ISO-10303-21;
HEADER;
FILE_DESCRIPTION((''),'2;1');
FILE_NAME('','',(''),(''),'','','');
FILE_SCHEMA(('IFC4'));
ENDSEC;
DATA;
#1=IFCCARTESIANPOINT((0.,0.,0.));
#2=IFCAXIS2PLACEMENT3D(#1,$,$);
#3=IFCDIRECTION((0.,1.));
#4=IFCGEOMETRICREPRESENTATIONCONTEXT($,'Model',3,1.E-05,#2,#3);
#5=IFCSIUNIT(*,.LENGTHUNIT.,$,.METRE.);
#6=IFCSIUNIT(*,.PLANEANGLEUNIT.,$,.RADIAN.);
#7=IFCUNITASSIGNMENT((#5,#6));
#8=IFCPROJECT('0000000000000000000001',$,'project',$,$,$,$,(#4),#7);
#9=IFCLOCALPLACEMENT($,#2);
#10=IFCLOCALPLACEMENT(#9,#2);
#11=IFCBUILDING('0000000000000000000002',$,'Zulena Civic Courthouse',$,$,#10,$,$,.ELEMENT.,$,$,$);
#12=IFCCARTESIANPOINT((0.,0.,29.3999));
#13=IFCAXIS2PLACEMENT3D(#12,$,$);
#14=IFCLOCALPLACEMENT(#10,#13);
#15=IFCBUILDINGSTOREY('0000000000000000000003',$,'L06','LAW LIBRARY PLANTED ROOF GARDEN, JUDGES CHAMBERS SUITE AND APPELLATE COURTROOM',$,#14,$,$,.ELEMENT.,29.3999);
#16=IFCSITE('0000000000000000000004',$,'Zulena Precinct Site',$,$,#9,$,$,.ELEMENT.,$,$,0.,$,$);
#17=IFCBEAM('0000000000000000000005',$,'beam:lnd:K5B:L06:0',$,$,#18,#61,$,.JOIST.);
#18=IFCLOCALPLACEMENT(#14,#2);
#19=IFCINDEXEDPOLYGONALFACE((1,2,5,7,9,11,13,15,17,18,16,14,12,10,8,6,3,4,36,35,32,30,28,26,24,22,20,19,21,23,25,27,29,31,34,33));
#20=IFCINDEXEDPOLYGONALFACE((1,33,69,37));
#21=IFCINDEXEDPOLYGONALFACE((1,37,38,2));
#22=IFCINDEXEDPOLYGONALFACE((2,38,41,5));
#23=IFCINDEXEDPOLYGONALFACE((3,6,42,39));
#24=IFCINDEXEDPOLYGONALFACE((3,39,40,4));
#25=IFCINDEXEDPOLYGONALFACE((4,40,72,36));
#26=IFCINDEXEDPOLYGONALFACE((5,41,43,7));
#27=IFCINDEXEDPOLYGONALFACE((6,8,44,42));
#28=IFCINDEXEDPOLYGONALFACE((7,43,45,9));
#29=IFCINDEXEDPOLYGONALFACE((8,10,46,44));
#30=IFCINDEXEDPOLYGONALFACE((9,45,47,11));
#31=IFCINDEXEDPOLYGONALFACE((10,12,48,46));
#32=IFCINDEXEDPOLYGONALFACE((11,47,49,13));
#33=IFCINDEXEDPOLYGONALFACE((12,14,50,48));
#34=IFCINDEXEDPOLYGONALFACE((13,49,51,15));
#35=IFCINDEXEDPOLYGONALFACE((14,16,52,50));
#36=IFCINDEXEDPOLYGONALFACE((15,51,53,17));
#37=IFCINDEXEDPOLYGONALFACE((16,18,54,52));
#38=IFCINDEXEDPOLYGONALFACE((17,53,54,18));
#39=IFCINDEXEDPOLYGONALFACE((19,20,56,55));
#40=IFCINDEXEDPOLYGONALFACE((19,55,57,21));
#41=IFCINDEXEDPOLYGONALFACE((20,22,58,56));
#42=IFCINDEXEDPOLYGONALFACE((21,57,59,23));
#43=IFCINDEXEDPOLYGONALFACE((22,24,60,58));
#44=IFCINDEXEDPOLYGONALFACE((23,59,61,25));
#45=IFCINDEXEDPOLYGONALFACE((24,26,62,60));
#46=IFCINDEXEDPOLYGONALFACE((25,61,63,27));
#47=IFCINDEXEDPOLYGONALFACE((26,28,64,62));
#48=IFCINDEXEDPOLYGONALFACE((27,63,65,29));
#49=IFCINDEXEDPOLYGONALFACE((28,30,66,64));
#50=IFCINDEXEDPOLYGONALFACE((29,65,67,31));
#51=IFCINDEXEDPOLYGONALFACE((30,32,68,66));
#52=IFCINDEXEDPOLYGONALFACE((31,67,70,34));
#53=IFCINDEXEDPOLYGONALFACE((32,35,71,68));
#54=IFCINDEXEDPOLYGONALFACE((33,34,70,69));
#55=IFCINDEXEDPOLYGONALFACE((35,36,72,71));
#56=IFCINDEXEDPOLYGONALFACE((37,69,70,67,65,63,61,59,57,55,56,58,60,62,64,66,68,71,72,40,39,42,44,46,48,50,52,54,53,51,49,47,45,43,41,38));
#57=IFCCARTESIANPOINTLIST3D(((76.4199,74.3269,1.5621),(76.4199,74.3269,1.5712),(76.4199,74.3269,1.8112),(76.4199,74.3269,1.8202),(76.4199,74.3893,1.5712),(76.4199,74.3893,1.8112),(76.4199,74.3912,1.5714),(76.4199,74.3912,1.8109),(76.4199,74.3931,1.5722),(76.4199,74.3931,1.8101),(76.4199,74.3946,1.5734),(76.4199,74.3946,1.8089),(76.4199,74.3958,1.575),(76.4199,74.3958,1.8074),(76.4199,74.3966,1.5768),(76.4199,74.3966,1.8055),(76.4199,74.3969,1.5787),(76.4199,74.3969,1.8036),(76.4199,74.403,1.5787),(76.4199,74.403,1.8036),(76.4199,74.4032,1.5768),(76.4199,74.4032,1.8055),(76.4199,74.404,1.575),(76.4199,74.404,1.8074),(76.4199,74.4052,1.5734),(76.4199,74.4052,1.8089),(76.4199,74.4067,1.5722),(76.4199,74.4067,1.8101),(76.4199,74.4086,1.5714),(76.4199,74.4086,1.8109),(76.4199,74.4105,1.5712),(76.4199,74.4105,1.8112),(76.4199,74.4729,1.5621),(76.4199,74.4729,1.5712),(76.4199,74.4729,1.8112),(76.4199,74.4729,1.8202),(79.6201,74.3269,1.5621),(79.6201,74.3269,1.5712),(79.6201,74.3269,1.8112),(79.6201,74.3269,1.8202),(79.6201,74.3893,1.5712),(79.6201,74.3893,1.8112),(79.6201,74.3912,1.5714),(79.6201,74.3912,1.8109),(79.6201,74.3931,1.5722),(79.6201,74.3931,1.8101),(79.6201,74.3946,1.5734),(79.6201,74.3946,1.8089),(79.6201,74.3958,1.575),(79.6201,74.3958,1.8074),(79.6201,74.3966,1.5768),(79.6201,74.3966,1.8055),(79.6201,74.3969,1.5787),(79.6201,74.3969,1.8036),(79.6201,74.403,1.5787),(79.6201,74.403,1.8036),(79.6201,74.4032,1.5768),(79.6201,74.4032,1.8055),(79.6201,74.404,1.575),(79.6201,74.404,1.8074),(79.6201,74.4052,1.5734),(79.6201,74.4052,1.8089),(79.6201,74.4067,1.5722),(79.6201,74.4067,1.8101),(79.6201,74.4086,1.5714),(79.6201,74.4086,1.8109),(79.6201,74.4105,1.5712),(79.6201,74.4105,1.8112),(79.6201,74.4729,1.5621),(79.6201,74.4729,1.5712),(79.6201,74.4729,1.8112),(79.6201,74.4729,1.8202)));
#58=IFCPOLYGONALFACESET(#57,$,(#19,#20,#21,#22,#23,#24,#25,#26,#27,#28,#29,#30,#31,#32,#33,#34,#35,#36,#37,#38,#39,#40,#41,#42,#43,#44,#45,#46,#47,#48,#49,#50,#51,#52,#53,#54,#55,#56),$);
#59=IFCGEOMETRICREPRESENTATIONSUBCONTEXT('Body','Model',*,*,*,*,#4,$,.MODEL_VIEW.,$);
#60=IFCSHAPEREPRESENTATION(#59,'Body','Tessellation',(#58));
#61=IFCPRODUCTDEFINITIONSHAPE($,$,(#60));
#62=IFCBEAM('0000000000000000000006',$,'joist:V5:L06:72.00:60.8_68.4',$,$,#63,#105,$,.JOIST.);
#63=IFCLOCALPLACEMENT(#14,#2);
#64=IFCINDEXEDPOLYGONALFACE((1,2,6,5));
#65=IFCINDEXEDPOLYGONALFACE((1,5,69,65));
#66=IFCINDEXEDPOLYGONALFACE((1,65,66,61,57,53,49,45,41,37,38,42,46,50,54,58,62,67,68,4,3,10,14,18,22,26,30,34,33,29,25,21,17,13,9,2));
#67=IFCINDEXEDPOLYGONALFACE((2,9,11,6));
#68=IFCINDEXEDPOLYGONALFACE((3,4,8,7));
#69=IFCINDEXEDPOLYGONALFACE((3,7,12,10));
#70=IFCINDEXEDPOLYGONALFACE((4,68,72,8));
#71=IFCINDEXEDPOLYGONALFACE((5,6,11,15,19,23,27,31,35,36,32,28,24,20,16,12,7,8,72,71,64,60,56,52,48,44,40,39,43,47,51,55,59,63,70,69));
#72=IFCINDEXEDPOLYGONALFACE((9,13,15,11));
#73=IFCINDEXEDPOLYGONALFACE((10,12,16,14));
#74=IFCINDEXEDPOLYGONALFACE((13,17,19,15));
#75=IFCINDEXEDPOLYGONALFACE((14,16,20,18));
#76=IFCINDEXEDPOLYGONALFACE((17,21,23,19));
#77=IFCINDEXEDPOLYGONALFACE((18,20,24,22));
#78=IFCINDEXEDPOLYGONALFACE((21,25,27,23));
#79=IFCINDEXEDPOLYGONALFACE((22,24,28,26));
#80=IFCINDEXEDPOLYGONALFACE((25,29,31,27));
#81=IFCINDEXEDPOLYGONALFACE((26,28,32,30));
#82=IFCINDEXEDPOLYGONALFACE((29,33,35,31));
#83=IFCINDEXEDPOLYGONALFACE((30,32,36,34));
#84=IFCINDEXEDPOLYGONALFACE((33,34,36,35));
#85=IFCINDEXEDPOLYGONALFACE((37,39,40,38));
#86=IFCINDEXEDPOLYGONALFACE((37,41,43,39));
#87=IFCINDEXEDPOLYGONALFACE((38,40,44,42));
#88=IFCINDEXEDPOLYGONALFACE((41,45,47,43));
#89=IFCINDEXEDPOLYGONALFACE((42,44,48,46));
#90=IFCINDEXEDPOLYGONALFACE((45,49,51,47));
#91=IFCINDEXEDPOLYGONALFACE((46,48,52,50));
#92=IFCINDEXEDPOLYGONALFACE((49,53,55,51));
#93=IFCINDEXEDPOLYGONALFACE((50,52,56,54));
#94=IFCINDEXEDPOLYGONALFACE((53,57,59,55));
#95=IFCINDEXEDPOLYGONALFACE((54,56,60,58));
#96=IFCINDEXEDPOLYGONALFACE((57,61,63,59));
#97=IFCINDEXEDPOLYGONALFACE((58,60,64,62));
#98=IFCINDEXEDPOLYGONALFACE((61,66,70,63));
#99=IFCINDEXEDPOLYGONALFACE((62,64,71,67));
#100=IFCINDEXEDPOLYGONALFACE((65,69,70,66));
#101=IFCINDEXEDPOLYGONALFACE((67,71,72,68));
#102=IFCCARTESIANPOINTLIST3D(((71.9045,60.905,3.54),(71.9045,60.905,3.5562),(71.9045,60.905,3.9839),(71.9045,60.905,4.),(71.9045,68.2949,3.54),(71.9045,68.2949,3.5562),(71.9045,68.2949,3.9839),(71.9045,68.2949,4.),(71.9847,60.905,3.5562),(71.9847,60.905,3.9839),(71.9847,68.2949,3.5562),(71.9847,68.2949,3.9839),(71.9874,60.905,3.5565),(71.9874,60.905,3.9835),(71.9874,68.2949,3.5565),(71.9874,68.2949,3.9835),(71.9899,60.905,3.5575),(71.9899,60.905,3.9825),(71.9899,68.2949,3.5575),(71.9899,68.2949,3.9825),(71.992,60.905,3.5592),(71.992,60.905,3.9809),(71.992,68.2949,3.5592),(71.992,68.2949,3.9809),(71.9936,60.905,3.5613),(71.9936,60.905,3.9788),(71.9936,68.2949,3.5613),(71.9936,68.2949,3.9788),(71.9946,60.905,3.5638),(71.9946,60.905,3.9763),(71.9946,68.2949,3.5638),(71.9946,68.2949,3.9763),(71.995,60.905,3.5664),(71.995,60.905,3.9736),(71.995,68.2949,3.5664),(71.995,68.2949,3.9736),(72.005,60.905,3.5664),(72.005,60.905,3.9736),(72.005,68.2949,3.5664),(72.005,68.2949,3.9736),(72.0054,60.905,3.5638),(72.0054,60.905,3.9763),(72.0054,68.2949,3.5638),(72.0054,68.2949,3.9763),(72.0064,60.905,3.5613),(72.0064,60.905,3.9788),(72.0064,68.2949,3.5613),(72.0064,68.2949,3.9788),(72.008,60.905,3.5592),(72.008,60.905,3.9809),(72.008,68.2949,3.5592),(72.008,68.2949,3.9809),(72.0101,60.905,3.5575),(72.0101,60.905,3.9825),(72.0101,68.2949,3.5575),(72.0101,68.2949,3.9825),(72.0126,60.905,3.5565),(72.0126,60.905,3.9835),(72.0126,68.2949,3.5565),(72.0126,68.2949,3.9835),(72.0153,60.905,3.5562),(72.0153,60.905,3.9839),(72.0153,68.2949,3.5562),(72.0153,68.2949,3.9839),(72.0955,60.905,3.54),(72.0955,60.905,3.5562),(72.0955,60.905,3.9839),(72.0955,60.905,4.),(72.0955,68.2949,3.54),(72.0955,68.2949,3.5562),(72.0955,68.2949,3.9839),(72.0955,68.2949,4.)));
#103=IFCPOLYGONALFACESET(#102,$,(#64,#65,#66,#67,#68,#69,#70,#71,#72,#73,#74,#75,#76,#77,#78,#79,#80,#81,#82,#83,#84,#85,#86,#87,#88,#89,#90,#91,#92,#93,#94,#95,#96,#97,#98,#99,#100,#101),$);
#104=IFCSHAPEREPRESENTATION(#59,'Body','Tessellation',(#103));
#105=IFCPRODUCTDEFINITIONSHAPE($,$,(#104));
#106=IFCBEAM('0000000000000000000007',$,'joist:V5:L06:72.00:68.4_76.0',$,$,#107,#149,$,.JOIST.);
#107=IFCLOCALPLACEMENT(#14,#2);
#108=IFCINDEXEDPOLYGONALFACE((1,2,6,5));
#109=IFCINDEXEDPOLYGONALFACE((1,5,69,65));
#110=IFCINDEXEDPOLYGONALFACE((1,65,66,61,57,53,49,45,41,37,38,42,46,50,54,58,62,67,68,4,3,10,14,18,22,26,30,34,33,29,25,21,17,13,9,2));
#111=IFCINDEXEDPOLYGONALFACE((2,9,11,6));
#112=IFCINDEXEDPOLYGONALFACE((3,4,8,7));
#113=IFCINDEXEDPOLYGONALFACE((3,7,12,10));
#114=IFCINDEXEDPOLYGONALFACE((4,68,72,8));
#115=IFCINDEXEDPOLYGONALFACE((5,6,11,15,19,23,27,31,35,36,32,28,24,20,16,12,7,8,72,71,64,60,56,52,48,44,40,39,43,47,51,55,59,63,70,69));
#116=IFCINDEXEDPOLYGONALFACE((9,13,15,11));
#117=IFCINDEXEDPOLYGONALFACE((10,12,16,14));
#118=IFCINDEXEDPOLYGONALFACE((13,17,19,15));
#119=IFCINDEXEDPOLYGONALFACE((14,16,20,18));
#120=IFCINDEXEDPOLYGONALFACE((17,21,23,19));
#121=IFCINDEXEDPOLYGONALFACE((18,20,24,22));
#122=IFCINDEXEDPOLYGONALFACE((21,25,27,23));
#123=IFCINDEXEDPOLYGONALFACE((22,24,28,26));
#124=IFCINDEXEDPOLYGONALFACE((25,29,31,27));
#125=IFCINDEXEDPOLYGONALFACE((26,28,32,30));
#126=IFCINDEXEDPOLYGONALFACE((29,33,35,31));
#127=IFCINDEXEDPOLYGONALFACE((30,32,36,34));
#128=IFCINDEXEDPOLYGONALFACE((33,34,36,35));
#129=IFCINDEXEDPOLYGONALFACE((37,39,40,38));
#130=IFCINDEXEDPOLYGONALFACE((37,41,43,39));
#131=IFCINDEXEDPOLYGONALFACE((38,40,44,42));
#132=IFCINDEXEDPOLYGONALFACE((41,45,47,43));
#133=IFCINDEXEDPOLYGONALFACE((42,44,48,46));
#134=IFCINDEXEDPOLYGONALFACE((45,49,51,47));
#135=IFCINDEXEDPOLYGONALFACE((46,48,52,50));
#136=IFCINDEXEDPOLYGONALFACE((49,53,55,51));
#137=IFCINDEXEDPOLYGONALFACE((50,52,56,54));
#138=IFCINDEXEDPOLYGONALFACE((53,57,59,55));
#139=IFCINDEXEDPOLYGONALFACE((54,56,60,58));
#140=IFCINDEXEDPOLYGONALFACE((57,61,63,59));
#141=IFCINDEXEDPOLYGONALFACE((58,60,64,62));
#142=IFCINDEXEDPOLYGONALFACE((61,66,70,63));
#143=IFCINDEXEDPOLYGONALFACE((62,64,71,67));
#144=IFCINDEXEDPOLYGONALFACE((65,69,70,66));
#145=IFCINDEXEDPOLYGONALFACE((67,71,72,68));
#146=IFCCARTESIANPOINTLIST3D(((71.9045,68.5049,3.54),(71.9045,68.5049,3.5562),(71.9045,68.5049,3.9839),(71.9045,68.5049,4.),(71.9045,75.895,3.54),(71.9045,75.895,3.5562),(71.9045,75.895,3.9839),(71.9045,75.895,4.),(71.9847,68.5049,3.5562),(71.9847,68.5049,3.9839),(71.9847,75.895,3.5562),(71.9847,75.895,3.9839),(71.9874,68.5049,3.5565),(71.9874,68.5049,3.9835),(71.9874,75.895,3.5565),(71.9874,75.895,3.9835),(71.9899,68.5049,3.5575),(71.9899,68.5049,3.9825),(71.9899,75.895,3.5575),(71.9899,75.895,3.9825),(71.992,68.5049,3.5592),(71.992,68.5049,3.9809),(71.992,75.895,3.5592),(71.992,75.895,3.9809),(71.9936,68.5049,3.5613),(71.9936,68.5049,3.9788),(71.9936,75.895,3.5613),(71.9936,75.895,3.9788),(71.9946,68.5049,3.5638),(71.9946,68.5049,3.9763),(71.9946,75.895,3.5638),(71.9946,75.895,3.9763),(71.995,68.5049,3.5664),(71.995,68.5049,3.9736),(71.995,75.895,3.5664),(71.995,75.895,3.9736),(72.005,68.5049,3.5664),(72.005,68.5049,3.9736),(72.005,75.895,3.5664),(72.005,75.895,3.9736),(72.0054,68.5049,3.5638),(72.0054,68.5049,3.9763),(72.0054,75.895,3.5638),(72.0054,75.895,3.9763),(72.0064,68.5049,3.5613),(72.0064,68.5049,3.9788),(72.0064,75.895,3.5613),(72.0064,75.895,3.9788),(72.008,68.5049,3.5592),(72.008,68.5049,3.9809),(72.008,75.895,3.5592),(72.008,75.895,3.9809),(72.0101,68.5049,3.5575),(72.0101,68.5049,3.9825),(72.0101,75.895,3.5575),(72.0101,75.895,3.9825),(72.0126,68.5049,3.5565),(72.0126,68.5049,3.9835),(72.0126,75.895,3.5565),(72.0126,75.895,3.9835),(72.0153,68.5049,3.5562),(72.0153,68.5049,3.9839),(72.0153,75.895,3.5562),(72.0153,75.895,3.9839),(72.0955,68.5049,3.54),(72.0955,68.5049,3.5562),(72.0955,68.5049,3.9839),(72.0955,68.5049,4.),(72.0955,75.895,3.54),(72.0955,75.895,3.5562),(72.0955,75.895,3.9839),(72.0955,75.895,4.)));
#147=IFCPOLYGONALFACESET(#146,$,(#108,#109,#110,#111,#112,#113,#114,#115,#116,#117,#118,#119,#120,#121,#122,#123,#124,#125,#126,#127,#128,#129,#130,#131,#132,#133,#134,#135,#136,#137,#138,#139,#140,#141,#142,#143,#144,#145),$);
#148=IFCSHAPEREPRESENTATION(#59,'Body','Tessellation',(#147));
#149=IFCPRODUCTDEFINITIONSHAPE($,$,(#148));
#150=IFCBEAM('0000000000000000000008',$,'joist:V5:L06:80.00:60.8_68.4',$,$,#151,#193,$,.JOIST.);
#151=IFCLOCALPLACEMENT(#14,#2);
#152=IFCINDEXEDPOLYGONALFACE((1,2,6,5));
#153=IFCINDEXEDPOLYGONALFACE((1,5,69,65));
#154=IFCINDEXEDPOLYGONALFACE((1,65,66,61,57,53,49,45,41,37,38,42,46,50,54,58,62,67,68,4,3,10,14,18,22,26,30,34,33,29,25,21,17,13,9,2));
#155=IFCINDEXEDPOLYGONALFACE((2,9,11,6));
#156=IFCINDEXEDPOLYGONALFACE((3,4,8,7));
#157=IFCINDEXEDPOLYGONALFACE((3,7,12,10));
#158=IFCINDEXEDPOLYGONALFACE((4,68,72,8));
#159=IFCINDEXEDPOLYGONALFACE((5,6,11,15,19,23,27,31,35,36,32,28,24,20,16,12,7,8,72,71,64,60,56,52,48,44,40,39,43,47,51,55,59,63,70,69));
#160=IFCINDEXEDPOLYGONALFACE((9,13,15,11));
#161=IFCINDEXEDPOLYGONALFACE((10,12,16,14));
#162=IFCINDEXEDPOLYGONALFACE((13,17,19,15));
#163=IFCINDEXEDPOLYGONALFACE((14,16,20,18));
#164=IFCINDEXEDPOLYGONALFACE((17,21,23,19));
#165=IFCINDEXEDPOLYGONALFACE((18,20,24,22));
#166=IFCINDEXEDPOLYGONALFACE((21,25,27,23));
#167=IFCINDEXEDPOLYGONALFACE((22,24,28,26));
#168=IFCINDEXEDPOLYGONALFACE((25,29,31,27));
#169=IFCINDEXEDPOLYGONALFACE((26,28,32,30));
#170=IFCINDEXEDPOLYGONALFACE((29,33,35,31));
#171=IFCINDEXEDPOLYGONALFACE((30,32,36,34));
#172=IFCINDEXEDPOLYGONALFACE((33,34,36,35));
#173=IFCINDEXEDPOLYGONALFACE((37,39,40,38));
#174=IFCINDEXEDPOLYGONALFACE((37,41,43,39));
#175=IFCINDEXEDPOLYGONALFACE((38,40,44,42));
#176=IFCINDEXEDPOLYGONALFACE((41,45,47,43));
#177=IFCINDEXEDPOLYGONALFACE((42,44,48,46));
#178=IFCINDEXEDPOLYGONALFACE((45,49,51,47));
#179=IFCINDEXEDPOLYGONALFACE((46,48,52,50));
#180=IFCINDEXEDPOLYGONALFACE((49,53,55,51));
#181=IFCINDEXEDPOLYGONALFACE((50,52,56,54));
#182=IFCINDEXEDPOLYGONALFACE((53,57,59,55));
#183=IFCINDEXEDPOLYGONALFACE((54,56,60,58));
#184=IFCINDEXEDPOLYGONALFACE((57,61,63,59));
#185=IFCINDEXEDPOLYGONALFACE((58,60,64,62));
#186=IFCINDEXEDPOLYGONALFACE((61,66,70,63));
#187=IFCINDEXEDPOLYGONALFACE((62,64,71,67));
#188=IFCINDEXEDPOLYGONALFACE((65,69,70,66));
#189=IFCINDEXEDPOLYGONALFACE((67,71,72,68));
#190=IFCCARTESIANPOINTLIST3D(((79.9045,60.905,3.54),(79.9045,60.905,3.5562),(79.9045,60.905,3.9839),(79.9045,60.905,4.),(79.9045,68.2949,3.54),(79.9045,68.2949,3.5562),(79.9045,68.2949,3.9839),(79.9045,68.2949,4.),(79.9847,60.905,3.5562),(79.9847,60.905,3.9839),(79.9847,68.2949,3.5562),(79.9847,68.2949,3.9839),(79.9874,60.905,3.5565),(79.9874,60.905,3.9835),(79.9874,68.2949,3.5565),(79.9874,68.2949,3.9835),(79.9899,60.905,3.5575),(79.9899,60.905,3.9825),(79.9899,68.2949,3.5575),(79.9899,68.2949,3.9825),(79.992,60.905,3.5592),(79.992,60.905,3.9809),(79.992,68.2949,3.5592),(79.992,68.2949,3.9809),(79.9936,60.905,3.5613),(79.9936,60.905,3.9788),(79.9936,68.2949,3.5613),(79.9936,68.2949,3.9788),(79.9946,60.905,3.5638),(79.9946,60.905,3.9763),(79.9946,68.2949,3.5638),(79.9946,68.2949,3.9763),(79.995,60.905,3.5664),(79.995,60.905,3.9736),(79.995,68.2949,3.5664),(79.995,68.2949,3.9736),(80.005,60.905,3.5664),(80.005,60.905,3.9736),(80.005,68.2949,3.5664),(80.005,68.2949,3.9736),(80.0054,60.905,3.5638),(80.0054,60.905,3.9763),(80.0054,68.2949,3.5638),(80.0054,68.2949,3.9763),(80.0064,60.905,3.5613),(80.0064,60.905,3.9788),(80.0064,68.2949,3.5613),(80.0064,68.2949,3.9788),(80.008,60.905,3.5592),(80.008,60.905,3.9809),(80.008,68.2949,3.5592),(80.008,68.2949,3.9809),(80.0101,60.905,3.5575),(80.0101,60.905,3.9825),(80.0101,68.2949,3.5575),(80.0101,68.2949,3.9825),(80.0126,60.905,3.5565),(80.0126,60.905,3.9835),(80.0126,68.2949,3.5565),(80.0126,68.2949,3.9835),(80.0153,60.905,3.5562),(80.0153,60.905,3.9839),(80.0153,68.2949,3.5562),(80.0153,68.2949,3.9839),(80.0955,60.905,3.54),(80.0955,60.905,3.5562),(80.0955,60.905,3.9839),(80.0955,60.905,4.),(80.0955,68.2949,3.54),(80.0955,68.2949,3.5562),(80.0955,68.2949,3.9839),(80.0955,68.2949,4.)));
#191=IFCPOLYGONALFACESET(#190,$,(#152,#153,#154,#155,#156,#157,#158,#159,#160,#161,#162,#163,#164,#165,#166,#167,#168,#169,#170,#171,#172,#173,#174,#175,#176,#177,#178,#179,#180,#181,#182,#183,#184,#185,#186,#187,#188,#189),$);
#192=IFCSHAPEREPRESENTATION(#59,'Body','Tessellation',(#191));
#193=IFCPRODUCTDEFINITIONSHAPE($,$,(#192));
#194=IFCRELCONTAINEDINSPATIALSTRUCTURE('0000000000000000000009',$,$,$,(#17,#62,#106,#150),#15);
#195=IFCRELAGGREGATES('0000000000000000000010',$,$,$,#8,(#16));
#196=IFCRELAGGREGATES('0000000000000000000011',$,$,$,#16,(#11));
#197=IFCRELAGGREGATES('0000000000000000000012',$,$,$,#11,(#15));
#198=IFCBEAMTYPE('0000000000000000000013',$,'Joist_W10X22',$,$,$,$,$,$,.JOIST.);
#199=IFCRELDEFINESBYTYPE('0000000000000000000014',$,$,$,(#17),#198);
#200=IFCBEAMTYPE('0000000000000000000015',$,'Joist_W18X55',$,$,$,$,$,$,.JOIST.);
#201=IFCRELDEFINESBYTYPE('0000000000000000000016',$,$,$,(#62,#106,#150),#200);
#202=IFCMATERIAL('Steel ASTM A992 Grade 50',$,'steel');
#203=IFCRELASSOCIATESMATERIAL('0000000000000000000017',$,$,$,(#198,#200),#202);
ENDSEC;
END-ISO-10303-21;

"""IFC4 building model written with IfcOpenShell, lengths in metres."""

from ifc_helpers import new_model, si_unit, direction, frame, origin, origin_2d, place, context, subcontext, project, spatial, i_section, extrude, material, material_profile, profile_set, type_object, element, save


model = new_model("IFC4")

# Units and contexts
model_context = context("Model", 3, precision=1e-05, world=origin(), true_north=direction((0.0, 1.0)))
body_context = subcontext(model_context, "Body", "Model", "MODEL_VIEW")
ifc_project = project(units=[si_unit("LENGTHUNIT", "METRE"), si_unit("PLANEANGLEUNIT", "RADIAN")], contexts=[model_context])

# Site, building, storey
site_placement = place(None, origin())
site = spatial("IfcSite", under=ifc_project, at=site_placement, Name="Zulena Precinct Site", CompositionType="ELEMENT", RefElevation=0.0)
building_placement = place(site_placement, origin())
building = spatial("IfcBuilding", under=site, at=building_placement, Name="Zulena Civic Courthouse", CompositionType="ELEMENT")
storey_placement = place(building_placement, frame((0.0, 0.0, 29.3999)))
storey = spatial("IfcBuildingStorey", under=building, at=storey_placement, Name="L06", Description="LAW LIBRARY PLANTED ROOF GARDEN, JUDGES CHAMBERS SUITE AND APPELLATE COURTROOM", CompositionType="ELEMENT", Elevation=29.3999)

# Shared definitions
ifc_material_1 = material(Name="Steel ASTM A992 Grade 50", Category="steel")

# Beams
ifc_material_profile_1 = material_profile(ifc_material_1, i_section(OverallWidth=0.146, OverallDepth=0.2581, WebThickness=0.0061, FlangeThickness=0.009, FilletRadius=0.0076, at=origin_2d()), Name="W10X22")
ifc_profile_set_1 = profile_set([ifc_material_profile_1], Name="Steel ASTM A992 Grade 50")
beam_type_1 = type_object("IfcBeamType", Name="Joist_W10X22", PredefinedType="JOIST", material=ifc_profile_set_1)
beam_1_placement = place(storey_placement, frame((76.4199, 74.3999, 1.6912), z_axis=(1.0, 0.0, 0.0), x_axis=(0.0, 1.0, 0.0)))
element("IfcBeam", 1, at=beam_1_placement, inside=storey, type_object=beam_type_1, Name="beam:lnd:K5B:L06:0", PredefinedType="JOIST", context=body_context, shape_type="SweptSolid", body=[
    extrude(i_section(OverallWidth=0.146, OverallDepth=0.2581, WebThickness=0.0061, FlangeThickness=0.009, FilletRadius=0.0076, at=origin_2d()), origin(), (0.0, 0.0, 1.0), 3.2002),
])
ifc_material_profile_2 = material_profile(ifc_material_1, i_section(OverallWidth=0.1909, OverallDepth=0.46, WebThickness=0.01, FlangeThickness=0.0161, FilletRadius=0.0103, at=origin_2d()), Name="W18X55")
ifc_profile_set_2 = profile_set([ifc_material_profile_2], Name="Steel ASTM A992 Grade 50")
beam_type_2 = type_object("IfcBeamType", Name="Joist_W18X55", PredefinedType="JOIST", material=ifc_profile_set_2)
beam_2_placement = place(storey_placement, frame((72.0, 60.905, 3.77), z_axis=(0.0, 1.0, 0.0), x_axis=(-1.0, 0.0, 0.0)))
element("IfcBeam", 2, at=beam_2_placement, inside=storey, type_object=beam_type_2, Name="joist:V5:L06:72.00:60.8_68.4", PredefinedType="JOIST", context=body_context, shape_type="SweptSolid", body=[
    extrude(i_section(OverallWidth=0.1909, OverallDepth=0.46, WebThickness=0.01, FlangeThickness=0.0161, FilletRadius=0.0103, at=origin_2d()), origin(), (0.0, 0.0, 1.0), 7.3899),
])
beam_3_placement = place(storey_placement, frame((72.0, 68.5049, 3.77), z_axis=(0.0, 1.0, 0.0), x_axis=(-1.0, 0.0, 0.0)))
element("IfcBeam", 3, at=beam_3_placement, inside=storey, type_object=beam_type_2, Name="joist:V5:L06:72.00:68.4_76.0", PredefinedType="JOIST", context=body_context, shape_type="SweptSolid", body=[
    extrude(i_section(OverallWidth=0.1909, OverallDepth=0.46, WebThickness=0.01, FlangeThickness=0.0161, FilletRadius=0.0103, at=origin_2d()), origin(), (0.0, 0.0, 1.0), 7.3901),
])
beam_4_placement = place(storey_placement, frame((80.0, 60.905, 3.77), z_axis=(0.0, 1.0, 0.0), x_axis=(-1.0, 0.0, 0.0)))
element("IfcBeam", 4, at=beam_4_placement, inside=storey, type_object=beam_type_2, Name="joist:V5:L06:80.00:60.8_68.4", PredefinedType="JOIST", context=body_context, shape_type="SweptSolid", body=[
    extrude(i_section(OverallWidth=0.1909, OverallDepth=0.46, WebThickness=0.01, FlangeThickness=0.0161, FilletRadius=0.0103, at=origin_2d()), origin(), (0.0, 0.0, 1.0), 7.3899),
])

save(model, "model.ifc")
